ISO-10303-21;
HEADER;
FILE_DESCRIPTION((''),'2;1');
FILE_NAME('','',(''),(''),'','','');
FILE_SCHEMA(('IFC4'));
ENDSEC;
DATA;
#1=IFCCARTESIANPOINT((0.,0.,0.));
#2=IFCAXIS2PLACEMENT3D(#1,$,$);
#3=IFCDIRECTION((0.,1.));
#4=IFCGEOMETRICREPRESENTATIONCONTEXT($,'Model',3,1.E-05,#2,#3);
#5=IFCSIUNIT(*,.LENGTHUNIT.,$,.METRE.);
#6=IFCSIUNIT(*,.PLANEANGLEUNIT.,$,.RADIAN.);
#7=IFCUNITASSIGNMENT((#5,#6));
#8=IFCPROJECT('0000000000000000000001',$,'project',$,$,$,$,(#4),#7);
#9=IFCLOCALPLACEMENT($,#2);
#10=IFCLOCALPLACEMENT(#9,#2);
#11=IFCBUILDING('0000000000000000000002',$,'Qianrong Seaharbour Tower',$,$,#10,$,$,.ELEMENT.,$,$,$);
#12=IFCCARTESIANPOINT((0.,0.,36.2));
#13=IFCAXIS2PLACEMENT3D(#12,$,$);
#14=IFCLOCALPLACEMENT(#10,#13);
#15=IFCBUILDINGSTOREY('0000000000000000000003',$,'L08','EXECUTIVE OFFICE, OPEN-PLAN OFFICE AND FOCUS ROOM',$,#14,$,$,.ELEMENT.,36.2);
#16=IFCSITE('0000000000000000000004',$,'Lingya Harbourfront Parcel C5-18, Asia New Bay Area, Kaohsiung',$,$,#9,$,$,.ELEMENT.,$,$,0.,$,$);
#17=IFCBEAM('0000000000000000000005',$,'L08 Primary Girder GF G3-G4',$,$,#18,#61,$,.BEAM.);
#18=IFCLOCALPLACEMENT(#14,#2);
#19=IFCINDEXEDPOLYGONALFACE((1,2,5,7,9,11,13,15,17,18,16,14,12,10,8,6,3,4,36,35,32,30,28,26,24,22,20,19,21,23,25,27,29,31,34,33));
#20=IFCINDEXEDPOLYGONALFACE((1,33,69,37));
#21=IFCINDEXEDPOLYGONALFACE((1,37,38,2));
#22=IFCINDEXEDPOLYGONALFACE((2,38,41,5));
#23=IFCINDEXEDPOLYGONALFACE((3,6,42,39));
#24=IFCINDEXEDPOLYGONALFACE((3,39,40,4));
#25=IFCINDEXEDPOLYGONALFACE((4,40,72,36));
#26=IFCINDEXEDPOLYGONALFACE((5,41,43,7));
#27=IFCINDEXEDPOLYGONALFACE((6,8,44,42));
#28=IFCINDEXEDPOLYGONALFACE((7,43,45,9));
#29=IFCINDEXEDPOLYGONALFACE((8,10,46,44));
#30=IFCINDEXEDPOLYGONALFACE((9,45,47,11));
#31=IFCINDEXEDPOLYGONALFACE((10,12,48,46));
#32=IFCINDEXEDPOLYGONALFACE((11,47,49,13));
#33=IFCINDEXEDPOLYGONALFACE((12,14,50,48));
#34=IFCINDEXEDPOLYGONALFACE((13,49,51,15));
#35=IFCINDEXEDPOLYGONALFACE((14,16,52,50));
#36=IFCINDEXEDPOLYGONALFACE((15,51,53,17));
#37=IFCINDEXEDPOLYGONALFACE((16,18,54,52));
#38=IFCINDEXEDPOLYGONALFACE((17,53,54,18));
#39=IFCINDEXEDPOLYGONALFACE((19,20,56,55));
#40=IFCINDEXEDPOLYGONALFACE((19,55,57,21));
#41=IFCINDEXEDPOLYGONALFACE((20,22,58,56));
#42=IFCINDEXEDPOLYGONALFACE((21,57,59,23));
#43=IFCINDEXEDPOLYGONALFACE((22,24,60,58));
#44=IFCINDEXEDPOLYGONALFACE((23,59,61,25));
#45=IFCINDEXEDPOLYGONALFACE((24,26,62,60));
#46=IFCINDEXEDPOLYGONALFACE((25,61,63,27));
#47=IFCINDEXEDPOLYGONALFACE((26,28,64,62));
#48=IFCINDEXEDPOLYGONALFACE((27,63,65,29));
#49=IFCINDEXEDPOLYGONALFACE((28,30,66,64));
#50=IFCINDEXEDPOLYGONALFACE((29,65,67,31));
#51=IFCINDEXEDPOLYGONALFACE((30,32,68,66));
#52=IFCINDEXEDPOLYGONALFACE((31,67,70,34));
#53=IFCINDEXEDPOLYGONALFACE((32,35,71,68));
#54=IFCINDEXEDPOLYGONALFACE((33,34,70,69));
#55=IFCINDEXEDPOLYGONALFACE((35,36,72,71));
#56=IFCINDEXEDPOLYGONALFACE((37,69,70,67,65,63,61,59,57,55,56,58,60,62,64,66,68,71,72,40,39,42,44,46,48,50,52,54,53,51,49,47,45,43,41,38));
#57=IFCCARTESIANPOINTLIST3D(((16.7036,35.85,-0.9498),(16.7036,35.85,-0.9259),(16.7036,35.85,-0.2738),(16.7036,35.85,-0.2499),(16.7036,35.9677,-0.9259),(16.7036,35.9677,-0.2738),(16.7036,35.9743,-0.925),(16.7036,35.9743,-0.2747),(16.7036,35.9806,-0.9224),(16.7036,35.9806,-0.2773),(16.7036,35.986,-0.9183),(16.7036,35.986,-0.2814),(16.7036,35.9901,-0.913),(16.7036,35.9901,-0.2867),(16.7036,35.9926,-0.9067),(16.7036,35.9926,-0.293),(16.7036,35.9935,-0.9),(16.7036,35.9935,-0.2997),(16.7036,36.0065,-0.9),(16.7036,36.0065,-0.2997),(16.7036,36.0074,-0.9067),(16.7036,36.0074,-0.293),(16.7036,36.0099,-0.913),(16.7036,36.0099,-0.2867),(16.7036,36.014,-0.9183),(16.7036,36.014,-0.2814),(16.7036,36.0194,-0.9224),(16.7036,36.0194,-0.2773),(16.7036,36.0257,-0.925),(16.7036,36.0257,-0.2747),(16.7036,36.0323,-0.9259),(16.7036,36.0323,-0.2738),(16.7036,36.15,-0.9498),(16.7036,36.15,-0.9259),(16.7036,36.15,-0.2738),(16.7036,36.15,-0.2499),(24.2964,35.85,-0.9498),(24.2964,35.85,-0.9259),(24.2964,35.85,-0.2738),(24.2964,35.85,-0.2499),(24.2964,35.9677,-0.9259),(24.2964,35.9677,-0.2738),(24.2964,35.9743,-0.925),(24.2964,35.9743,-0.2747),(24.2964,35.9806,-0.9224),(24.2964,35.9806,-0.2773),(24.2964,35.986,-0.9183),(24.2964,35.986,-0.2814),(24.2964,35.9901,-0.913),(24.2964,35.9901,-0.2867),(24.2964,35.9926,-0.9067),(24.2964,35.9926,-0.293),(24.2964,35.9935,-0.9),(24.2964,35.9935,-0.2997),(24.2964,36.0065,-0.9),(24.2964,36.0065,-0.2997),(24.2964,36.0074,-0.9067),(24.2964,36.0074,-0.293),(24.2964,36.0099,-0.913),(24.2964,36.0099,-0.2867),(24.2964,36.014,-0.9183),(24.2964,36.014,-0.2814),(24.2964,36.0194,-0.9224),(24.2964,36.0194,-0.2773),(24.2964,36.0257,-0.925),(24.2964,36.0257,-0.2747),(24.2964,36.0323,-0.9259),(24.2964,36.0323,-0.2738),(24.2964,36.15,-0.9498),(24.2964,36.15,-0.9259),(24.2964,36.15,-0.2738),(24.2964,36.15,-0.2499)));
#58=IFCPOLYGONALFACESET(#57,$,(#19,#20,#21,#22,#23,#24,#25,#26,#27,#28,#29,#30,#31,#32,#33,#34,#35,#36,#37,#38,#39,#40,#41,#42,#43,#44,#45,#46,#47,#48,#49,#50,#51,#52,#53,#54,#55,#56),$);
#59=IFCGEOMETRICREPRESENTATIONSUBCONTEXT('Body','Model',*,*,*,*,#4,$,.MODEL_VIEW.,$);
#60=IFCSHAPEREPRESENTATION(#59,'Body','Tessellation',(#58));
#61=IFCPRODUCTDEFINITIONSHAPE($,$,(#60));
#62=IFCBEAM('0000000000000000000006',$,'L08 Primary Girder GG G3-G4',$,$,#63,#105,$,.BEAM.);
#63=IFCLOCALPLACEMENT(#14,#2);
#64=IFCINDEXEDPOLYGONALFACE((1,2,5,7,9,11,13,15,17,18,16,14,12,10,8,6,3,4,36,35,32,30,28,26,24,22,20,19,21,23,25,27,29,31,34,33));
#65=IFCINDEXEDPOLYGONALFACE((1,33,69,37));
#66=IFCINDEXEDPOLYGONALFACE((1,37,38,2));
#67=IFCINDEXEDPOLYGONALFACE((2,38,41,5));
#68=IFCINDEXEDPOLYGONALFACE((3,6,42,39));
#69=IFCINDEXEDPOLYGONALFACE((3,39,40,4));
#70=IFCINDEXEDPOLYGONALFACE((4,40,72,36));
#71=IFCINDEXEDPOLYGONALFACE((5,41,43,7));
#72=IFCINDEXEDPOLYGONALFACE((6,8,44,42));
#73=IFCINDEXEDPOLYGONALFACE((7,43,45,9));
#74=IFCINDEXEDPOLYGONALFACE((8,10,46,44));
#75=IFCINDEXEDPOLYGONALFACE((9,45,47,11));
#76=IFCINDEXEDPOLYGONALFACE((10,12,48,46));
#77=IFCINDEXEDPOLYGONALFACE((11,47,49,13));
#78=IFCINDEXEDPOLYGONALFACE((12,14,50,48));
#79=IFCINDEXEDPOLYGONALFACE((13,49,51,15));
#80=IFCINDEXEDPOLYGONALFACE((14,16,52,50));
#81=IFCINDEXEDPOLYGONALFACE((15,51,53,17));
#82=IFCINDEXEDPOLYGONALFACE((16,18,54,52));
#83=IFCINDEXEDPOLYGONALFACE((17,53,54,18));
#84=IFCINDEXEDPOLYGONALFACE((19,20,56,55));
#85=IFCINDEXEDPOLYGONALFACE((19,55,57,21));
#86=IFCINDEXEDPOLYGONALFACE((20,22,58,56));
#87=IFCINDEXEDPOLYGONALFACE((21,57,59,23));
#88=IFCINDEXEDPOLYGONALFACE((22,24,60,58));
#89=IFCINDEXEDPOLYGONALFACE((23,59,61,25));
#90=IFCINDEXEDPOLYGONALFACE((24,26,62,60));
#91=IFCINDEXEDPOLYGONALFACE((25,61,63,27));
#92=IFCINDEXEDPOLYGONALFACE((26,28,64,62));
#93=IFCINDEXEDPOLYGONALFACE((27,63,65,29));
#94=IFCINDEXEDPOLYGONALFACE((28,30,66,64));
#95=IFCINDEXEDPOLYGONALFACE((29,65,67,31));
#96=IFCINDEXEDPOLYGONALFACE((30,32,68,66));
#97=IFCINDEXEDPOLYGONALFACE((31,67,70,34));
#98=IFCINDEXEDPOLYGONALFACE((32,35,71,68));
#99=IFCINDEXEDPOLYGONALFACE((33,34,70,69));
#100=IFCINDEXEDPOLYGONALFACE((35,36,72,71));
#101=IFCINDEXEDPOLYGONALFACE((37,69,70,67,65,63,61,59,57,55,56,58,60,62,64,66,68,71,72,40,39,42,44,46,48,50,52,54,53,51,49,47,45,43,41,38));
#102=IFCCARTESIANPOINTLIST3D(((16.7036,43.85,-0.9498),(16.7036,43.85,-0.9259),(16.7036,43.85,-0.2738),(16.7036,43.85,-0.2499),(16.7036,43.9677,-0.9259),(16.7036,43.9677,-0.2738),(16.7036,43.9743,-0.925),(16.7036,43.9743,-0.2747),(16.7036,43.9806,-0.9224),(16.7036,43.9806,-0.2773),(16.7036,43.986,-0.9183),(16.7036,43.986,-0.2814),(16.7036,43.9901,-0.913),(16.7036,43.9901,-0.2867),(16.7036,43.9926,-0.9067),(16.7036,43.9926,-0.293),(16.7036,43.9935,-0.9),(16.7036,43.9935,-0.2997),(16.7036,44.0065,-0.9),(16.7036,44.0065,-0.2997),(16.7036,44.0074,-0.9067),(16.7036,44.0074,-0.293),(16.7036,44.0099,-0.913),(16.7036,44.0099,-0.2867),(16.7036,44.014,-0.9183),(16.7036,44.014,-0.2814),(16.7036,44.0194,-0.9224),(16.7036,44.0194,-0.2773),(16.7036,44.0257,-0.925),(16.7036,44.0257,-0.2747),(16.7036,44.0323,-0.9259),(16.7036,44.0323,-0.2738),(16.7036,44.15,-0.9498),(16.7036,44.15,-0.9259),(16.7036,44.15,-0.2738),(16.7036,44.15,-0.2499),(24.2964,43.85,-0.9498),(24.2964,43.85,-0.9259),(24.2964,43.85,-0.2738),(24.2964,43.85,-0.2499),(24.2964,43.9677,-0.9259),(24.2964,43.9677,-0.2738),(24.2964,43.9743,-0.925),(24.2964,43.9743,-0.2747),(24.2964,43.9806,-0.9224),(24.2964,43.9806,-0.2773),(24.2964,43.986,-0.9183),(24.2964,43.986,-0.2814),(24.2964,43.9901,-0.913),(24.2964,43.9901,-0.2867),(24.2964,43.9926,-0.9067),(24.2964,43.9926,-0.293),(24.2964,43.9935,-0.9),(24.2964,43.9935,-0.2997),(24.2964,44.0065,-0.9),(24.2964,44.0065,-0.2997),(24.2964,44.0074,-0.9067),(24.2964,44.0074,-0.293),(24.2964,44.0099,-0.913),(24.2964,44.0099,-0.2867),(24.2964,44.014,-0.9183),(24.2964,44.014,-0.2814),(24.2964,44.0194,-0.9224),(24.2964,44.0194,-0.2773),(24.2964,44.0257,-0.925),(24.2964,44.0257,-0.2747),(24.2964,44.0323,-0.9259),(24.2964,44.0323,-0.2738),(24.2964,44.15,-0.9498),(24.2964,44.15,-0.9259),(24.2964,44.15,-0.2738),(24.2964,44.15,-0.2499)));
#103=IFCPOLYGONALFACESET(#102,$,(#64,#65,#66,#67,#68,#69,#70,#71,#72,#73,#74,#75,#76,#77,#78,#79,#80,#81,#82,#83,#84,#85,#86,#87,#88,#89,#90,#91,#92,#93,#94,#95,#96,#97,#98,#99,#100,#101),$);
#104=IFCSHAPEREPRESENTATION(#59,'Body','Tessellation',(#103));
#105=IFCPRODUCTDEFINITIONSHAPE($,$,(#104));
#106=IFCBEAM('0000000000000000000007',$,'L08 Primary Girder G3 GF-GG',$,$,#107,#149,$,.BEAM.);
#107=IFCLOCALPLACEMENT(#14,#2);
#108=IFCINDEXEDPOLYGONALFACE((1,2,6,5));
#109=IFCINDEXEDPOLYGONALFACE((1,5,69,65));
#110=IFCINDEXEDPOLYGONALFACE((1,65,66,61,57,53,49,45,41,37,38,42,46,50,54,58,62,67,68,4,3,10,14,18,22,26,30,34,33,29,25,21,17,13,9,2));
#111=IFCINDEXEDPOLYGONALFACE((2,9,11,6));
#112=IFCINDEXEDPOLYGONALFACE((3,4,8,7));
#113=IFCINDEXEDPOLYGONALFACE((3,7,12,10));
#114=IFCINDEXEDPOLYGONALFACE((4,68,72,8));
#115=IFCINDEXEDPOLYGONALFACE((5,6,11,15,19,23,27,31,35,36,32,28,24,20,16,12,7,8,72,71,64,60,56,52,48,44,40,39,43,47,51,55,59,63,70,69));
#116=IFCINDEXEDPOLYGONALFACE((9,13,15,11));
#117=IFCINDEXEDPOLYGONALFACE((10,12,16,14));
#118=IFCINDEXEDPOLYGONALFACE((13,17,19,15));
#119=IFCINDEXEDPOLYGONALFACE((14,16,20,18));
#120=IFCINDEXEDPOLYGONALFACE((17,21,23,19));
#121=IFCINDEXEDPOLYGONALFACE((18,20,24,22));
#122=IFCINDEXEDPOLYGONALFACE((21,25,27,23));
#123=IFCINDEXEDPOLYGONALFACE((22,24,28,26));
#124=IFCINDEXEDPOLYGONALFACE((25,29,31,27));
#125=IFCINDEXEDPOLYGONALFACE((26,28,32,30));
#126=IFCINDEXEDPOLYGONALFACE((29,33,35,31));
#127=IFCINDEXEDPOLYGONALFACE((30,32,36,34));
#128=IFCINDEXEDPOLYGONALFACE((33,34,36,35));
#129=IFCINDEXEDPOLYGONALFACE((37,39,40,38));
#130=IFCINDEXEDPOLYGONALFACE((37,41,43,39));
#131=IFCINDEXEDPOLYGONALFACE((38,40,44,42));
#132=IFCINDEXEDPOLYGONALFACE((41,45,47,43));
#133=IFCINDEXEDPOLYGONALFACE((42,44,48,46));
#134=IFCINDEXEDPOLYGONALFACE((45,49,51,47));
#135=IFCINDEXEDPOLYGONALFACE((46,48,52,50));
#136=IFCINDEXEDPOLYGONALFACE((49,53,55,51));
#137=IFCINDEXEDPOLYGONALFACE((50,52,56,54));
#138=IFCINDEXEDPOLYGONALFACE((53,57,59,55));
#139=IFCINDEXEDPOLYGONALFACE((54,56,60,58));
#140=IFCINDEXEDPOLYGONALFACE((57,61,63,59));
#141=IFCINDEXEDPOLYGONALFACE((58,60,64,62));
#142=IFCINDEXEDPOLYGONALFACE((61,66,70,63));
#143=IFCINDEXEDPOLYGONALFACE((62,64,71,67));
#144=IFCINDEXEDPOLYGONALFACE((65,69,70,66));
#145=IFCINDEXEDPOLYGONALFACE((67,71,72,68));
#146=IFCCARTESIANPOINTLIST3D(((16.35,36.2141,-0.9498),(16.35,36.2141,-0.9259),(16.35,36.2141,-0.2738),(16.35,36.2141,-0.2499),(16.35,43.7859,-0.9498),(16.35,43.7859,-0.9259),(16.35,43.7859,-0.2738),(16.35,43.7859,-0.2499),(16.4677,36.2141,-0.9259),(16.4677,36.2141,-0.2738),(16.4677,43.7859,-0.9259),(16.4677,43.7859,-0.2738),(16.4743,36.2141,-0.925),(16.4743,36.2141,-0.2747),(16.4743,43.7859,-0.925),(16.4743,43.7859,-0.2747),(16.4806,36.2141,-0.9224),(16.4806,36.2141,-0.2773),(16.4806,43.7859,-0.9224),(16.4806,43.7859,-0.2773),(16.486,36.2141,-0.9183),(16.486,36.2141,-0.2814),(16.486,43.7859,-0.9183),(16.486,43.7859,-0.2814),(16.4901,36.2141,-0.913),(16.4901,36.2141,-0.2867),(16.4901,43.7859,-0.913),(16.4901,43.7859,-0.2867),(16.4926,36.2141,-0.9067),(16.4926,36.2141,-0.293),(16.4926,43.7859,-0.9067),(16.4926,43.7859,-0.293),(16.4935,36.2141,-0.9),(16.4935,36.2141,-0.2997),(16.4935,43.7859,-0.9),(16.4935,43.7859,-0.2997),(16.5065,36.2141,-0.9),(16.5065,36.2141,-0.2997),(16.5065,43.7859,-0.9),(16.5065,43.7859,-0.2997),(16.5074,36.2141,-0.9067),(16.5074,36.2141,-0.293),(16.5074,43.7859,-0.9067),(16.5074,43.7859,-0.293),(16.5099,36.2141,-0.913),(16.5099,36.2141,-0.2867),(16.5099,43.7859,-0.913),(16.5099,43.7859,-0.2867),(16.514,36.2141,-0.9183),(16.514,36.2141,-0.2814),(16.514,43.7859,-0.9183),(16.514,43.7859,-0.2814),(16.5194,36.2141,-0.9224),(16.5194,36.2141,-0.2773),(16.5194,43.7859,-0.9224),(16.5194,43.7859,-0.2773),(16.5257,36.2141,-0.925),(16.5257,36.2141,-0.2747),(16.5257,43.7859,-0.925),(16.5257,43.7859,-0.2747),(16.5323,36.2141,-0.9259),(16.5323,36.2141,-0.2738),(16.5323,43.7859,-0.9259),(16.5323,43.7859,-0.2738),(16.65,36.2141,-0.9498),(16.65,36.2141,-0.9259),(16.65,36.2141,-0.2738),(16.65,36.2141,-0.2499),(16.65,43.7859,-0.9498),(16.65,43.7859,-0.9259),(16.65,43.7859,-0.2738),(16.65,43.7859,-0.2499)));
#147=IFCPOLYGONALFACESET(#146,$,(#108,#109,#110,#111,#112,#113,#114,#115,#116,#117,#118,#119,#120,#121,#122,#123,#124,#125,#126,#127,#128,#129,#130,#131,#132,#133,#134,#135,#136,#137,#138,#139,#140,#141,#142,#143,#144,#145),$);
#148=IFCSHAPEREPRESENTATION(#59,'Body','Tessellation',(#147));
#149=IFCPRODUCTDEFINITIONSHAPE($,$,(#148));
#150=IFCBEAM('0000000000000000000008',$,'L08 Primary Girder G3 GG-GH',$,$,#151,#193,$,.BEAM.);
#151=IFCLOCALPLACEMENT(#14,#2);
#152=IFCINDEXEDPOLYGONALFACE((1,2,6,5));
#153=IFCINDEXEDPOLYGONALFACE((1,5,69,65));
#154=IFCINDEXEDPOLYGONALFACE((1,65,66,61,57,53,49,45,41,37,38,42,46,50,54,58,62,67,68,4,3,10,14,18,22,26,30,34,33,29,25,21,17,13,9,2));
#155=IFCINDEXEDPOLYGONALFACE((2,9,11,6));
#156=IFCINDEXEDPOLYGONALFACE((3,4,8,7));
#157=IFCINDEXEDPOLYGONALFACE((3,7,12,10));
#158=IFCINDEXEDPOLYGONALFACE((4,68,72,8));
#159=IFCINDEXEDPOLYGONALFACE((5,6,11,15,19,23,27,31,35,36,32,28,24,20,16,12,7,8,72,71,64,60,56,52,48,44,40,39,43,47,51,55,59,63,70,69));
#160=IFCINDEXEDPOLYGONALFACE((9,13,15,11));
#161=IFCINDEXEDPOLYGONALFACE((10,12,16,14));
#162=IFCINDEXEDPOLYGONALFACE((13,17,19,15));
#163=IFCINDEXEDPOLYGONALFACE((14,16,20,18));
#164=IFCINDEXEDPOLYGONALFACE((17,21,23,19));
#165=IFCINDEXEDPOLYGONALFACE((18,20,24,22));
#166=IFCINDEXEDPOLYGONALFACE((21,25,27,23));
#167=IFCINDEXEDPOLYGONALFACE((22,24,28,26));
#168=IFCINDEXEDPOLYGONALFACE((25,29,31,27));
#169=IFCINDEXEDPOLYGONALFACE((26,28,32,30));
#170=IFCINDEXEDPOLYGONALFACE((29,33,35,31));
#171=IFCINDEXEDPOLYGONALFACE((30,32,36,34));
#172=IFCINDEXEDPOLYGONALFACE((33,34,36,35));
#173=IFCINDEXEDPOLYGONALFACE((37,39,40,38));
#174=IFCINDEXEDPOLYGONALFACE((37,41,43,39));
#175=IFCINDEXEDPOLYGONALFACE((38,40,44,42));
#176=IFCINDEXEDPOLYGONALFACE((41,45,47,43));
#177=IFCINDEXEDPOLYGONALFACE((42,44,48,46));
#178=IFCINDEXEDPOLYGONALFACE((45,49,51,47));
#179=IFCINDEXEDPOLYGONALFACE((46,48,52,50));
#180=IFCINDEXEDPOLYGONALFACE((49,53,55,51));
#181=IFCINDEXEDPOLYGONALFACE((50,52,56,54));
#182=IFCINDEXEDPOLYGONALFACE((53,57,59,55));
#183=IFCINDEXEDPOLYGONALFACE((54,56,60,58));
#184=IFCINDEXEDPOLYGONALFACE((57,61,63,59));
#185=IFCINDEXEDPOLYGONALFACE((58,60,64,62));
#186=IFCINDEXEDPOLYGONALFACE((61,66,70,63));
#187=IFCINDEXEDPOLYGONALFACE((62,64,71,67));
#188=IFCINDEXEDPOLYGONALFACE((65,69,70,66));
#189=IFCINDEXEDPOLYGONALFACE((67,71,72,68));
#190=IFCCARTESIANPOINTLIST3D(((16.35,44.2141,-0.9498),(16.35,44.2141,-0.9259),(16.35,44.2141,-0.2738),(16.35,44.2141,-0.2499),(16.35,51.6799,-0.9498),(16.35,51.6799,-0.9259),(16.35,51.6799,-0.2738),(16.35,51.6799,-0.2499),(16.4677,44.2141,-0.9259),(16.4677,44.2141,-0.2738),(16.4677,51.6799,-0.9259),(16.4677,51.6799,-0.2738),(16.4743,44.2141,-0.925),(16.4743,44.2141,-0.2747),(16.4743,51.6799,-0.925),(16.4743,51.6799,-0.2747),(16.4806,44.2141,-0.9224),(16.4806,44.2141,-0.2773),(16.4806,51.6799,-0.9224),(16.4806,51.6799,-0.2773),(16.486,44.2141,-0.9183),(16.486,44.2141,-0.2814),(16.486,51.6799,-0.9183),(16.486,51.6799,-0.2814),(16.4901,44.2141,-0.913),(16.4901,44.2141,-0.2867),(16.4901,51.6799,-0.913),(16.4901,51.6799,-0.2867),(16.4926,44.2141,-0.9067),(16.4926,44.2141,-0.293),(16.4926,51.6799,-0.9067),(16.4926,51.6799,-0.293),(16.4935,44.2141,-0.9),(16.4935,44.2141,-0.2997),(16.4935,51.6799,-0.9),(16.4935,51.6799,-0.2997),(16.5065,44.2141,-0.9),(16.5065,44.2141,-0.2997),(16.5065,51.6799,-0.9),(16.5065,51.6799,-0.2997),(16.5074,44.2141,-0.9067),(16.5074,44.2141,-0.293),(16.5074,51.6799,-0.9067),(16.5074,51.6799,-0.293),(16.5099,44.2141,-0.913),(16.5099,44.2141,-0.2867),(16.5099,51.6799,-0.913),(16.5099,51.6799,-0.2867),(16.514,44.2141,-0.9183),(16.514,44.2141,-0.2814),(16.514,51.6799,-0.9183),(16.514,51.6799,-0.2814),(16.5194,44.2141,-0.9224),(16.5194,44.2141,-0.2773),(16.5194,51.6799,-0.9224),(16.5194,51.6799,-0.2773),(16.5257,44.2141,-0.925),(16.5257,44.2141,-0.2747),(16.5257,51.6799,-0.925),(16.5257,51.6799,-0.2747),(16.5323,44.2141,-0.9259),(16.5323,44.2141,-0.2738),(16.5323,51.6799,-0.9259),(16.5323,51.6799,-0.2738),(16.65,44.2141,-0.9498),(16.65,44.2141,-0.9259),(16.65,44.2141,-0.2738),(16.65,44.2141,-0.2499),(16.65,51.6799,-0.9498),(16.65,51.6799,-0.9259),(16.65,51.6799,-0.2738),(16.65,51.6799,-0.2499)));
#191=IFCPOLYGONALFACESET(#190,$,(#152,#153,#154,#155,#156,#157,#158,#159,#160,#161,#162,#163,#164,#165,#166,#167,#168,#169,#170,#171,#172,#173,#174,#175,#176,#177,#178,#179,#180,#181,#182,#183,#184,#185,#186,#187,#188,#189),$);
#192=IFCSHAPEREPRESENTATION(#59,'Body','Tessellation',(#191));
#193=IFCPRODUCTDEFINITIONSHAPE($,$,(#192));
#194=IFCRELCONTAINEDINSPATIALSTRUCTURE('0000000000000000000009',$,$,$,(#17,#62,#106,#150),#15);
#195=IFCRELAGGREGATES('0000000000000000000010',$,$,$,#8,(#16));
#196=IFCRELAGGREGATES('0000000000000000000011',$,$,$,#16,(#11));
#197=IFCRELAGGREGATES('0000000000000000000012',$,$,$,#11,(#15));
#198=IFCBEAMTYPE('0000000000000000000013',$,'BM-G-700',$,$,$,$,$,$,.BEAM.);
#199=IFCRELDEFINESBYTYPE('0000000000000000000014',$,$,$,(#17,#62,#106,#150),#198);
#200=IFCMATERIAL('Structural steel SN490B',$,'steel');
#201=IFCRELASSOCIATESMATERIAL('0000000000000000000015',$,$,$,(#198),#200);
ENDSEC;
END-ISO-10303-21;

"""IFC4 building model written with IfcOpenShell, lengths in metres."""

from ifc_helpers import new_model, si_unit, direction, frame, origin, origin_2d, place, context, subcontext, project, spatial, i_section, extrude, material, material_profile, profile_set, type_object, element, save


model = new_model("IFC4")

# Units and contexts
model_context = context("Model", 3, precision=1e-05, world=origin(), true_north=direction((0.0, 1.0)))
body_context = subcontext(model_context, "Body", "Model", "MODEL_VIEW")
ifc_project = project(units=[si_unit("LENGTHUNIT", "METRE"), si_unit("PLANEANGLEUNIT", "RADIAN")], contexts=[model_context])

# Site, building, storey
site_placement = place(None, origin())
site = spatial("IfcSite", under=ifc_project, at=site_placement, Name="Lingya Harbourfront Parcel C5-18, Asia New Bay Area, Kaohsiung", CompositionType="ELEMENT", RefElevation=0.0)
building_placement = place(site_placement, origin())
building = spatial("IfcBuilding", under=site, at=building_placement, Name="Qianrong Seaharbour Tower", CompositionType="ELEMENT")
storey_placement = place(building_placement, frame((0.0, 0.0, 36.2)))
storey = spatial("IfcBuildingStorey", under=building, at=storey_placement, Name="L08", Description="EXECUTIVE OFFICE, OPEN-PLAN OFFICE AND FOCUS ROOM", CompositionType="ELEMENT", Elevation=36.2)

# Shared definitions
ifc_material_1 = material(Name="Structural steel SN490B", Category="steel")

# Beams
ifc_material_profile_1 = material_profile(ifc_material_1, i_section(OverallWidth=0.3, OverallDepth=0.7, WebThickness=0.0129, FlangeThickness=0.0239, FilletRadius=0.0259, at=origin_2d()), Name="H700x300x13x24")
ifc_profile_set_1 = profile_set([ifc_material_profile_1], Name="Structural steel SN490B")
beam_type_1 = type_object("IfcBeamType", Name="BM-G-700", PredefinedType="BEAM", material=ifc_profile_set_1)
for number, where, z_axis, x_axis, name in (
    (1, (16.7036, 36.0, -0.5999), (1.0, 0.0, 0.0), (0.0, 1.0, 0.0), "L08 Primary Girder GF G3-G4"),
    (2, (16.7036, 44.0, -0.5999), (1.0, 0.0, 0.0), (0.0, 1.0, 0.0), "L08 Primary Girder GG G3-G4"),
):
    element("IfcBeam", number, at=place(storey_placement, frame(where, z_axis=z_axis, x_axis=x_axis)), inside=storey, type_object=beam_type_1, Name=name, PredefinedType="BEAM", context=body_context, shape_type="SweptSolid", body=[
        extrude(i_section(OverallWidth=0.3, OverallDepth=0.7, WebThickness=0.0129, FlangeThickness=0.0239, FilletRadius=0.0259, at=origin_2d()), origin(), (0.0, 0.0, 1.0), 7.5928),
    ])
beam_1_placement = place(storey_placement, frame((16.5, 36.2141, -0.5999), z_axis=(0.0, 1.0, 0.0), x_axis=(-1.0, 0.0, 0.0)))
element("IfcBeam", 3, at=beam_1_placement, inside=storey, type_object=beam_type_1, Name="L08 Primary Girder G3 GF-GG", PredefinedType="BEAM", context=body_context, shape_type="SweptSolid", body=[
    extrude(i_section(OverallWidth=0.3, OverallDepth=0.7, WebThickness=0.0129, FlangeThickness=0.0239, FilletRadius=0.0259, at=origin_2d()), origin(), (0.0, 0.0, 1.0), 7.5718),
])
beam_2_placement = place(storey_placement, frame((16.5, 44.2141, -0.5999), z_axis=(0.0, 1.0, 0.0), x_axis=(-1.0, 0.0, 0.0)))
element("IfcBeam", 4, at=beam_2_placement, inside=storey, type_object=beam_type_1, Name="L08 Primary Girder G3 GG-GH", PredefinedType="BEAM", context=body_context, shape_type="SweptSolid", body=[
    extrude(i_section(OverallWidth=0.3, OverallDepth=0.7, WebThickness=0.0129, FlangeThickness=0.0239, FilletRadius=0.0259, at=origin_2d()), origin(), (0.0, 0.0, 1.0), 7.4658),
])

save(model, "model.ifc")
